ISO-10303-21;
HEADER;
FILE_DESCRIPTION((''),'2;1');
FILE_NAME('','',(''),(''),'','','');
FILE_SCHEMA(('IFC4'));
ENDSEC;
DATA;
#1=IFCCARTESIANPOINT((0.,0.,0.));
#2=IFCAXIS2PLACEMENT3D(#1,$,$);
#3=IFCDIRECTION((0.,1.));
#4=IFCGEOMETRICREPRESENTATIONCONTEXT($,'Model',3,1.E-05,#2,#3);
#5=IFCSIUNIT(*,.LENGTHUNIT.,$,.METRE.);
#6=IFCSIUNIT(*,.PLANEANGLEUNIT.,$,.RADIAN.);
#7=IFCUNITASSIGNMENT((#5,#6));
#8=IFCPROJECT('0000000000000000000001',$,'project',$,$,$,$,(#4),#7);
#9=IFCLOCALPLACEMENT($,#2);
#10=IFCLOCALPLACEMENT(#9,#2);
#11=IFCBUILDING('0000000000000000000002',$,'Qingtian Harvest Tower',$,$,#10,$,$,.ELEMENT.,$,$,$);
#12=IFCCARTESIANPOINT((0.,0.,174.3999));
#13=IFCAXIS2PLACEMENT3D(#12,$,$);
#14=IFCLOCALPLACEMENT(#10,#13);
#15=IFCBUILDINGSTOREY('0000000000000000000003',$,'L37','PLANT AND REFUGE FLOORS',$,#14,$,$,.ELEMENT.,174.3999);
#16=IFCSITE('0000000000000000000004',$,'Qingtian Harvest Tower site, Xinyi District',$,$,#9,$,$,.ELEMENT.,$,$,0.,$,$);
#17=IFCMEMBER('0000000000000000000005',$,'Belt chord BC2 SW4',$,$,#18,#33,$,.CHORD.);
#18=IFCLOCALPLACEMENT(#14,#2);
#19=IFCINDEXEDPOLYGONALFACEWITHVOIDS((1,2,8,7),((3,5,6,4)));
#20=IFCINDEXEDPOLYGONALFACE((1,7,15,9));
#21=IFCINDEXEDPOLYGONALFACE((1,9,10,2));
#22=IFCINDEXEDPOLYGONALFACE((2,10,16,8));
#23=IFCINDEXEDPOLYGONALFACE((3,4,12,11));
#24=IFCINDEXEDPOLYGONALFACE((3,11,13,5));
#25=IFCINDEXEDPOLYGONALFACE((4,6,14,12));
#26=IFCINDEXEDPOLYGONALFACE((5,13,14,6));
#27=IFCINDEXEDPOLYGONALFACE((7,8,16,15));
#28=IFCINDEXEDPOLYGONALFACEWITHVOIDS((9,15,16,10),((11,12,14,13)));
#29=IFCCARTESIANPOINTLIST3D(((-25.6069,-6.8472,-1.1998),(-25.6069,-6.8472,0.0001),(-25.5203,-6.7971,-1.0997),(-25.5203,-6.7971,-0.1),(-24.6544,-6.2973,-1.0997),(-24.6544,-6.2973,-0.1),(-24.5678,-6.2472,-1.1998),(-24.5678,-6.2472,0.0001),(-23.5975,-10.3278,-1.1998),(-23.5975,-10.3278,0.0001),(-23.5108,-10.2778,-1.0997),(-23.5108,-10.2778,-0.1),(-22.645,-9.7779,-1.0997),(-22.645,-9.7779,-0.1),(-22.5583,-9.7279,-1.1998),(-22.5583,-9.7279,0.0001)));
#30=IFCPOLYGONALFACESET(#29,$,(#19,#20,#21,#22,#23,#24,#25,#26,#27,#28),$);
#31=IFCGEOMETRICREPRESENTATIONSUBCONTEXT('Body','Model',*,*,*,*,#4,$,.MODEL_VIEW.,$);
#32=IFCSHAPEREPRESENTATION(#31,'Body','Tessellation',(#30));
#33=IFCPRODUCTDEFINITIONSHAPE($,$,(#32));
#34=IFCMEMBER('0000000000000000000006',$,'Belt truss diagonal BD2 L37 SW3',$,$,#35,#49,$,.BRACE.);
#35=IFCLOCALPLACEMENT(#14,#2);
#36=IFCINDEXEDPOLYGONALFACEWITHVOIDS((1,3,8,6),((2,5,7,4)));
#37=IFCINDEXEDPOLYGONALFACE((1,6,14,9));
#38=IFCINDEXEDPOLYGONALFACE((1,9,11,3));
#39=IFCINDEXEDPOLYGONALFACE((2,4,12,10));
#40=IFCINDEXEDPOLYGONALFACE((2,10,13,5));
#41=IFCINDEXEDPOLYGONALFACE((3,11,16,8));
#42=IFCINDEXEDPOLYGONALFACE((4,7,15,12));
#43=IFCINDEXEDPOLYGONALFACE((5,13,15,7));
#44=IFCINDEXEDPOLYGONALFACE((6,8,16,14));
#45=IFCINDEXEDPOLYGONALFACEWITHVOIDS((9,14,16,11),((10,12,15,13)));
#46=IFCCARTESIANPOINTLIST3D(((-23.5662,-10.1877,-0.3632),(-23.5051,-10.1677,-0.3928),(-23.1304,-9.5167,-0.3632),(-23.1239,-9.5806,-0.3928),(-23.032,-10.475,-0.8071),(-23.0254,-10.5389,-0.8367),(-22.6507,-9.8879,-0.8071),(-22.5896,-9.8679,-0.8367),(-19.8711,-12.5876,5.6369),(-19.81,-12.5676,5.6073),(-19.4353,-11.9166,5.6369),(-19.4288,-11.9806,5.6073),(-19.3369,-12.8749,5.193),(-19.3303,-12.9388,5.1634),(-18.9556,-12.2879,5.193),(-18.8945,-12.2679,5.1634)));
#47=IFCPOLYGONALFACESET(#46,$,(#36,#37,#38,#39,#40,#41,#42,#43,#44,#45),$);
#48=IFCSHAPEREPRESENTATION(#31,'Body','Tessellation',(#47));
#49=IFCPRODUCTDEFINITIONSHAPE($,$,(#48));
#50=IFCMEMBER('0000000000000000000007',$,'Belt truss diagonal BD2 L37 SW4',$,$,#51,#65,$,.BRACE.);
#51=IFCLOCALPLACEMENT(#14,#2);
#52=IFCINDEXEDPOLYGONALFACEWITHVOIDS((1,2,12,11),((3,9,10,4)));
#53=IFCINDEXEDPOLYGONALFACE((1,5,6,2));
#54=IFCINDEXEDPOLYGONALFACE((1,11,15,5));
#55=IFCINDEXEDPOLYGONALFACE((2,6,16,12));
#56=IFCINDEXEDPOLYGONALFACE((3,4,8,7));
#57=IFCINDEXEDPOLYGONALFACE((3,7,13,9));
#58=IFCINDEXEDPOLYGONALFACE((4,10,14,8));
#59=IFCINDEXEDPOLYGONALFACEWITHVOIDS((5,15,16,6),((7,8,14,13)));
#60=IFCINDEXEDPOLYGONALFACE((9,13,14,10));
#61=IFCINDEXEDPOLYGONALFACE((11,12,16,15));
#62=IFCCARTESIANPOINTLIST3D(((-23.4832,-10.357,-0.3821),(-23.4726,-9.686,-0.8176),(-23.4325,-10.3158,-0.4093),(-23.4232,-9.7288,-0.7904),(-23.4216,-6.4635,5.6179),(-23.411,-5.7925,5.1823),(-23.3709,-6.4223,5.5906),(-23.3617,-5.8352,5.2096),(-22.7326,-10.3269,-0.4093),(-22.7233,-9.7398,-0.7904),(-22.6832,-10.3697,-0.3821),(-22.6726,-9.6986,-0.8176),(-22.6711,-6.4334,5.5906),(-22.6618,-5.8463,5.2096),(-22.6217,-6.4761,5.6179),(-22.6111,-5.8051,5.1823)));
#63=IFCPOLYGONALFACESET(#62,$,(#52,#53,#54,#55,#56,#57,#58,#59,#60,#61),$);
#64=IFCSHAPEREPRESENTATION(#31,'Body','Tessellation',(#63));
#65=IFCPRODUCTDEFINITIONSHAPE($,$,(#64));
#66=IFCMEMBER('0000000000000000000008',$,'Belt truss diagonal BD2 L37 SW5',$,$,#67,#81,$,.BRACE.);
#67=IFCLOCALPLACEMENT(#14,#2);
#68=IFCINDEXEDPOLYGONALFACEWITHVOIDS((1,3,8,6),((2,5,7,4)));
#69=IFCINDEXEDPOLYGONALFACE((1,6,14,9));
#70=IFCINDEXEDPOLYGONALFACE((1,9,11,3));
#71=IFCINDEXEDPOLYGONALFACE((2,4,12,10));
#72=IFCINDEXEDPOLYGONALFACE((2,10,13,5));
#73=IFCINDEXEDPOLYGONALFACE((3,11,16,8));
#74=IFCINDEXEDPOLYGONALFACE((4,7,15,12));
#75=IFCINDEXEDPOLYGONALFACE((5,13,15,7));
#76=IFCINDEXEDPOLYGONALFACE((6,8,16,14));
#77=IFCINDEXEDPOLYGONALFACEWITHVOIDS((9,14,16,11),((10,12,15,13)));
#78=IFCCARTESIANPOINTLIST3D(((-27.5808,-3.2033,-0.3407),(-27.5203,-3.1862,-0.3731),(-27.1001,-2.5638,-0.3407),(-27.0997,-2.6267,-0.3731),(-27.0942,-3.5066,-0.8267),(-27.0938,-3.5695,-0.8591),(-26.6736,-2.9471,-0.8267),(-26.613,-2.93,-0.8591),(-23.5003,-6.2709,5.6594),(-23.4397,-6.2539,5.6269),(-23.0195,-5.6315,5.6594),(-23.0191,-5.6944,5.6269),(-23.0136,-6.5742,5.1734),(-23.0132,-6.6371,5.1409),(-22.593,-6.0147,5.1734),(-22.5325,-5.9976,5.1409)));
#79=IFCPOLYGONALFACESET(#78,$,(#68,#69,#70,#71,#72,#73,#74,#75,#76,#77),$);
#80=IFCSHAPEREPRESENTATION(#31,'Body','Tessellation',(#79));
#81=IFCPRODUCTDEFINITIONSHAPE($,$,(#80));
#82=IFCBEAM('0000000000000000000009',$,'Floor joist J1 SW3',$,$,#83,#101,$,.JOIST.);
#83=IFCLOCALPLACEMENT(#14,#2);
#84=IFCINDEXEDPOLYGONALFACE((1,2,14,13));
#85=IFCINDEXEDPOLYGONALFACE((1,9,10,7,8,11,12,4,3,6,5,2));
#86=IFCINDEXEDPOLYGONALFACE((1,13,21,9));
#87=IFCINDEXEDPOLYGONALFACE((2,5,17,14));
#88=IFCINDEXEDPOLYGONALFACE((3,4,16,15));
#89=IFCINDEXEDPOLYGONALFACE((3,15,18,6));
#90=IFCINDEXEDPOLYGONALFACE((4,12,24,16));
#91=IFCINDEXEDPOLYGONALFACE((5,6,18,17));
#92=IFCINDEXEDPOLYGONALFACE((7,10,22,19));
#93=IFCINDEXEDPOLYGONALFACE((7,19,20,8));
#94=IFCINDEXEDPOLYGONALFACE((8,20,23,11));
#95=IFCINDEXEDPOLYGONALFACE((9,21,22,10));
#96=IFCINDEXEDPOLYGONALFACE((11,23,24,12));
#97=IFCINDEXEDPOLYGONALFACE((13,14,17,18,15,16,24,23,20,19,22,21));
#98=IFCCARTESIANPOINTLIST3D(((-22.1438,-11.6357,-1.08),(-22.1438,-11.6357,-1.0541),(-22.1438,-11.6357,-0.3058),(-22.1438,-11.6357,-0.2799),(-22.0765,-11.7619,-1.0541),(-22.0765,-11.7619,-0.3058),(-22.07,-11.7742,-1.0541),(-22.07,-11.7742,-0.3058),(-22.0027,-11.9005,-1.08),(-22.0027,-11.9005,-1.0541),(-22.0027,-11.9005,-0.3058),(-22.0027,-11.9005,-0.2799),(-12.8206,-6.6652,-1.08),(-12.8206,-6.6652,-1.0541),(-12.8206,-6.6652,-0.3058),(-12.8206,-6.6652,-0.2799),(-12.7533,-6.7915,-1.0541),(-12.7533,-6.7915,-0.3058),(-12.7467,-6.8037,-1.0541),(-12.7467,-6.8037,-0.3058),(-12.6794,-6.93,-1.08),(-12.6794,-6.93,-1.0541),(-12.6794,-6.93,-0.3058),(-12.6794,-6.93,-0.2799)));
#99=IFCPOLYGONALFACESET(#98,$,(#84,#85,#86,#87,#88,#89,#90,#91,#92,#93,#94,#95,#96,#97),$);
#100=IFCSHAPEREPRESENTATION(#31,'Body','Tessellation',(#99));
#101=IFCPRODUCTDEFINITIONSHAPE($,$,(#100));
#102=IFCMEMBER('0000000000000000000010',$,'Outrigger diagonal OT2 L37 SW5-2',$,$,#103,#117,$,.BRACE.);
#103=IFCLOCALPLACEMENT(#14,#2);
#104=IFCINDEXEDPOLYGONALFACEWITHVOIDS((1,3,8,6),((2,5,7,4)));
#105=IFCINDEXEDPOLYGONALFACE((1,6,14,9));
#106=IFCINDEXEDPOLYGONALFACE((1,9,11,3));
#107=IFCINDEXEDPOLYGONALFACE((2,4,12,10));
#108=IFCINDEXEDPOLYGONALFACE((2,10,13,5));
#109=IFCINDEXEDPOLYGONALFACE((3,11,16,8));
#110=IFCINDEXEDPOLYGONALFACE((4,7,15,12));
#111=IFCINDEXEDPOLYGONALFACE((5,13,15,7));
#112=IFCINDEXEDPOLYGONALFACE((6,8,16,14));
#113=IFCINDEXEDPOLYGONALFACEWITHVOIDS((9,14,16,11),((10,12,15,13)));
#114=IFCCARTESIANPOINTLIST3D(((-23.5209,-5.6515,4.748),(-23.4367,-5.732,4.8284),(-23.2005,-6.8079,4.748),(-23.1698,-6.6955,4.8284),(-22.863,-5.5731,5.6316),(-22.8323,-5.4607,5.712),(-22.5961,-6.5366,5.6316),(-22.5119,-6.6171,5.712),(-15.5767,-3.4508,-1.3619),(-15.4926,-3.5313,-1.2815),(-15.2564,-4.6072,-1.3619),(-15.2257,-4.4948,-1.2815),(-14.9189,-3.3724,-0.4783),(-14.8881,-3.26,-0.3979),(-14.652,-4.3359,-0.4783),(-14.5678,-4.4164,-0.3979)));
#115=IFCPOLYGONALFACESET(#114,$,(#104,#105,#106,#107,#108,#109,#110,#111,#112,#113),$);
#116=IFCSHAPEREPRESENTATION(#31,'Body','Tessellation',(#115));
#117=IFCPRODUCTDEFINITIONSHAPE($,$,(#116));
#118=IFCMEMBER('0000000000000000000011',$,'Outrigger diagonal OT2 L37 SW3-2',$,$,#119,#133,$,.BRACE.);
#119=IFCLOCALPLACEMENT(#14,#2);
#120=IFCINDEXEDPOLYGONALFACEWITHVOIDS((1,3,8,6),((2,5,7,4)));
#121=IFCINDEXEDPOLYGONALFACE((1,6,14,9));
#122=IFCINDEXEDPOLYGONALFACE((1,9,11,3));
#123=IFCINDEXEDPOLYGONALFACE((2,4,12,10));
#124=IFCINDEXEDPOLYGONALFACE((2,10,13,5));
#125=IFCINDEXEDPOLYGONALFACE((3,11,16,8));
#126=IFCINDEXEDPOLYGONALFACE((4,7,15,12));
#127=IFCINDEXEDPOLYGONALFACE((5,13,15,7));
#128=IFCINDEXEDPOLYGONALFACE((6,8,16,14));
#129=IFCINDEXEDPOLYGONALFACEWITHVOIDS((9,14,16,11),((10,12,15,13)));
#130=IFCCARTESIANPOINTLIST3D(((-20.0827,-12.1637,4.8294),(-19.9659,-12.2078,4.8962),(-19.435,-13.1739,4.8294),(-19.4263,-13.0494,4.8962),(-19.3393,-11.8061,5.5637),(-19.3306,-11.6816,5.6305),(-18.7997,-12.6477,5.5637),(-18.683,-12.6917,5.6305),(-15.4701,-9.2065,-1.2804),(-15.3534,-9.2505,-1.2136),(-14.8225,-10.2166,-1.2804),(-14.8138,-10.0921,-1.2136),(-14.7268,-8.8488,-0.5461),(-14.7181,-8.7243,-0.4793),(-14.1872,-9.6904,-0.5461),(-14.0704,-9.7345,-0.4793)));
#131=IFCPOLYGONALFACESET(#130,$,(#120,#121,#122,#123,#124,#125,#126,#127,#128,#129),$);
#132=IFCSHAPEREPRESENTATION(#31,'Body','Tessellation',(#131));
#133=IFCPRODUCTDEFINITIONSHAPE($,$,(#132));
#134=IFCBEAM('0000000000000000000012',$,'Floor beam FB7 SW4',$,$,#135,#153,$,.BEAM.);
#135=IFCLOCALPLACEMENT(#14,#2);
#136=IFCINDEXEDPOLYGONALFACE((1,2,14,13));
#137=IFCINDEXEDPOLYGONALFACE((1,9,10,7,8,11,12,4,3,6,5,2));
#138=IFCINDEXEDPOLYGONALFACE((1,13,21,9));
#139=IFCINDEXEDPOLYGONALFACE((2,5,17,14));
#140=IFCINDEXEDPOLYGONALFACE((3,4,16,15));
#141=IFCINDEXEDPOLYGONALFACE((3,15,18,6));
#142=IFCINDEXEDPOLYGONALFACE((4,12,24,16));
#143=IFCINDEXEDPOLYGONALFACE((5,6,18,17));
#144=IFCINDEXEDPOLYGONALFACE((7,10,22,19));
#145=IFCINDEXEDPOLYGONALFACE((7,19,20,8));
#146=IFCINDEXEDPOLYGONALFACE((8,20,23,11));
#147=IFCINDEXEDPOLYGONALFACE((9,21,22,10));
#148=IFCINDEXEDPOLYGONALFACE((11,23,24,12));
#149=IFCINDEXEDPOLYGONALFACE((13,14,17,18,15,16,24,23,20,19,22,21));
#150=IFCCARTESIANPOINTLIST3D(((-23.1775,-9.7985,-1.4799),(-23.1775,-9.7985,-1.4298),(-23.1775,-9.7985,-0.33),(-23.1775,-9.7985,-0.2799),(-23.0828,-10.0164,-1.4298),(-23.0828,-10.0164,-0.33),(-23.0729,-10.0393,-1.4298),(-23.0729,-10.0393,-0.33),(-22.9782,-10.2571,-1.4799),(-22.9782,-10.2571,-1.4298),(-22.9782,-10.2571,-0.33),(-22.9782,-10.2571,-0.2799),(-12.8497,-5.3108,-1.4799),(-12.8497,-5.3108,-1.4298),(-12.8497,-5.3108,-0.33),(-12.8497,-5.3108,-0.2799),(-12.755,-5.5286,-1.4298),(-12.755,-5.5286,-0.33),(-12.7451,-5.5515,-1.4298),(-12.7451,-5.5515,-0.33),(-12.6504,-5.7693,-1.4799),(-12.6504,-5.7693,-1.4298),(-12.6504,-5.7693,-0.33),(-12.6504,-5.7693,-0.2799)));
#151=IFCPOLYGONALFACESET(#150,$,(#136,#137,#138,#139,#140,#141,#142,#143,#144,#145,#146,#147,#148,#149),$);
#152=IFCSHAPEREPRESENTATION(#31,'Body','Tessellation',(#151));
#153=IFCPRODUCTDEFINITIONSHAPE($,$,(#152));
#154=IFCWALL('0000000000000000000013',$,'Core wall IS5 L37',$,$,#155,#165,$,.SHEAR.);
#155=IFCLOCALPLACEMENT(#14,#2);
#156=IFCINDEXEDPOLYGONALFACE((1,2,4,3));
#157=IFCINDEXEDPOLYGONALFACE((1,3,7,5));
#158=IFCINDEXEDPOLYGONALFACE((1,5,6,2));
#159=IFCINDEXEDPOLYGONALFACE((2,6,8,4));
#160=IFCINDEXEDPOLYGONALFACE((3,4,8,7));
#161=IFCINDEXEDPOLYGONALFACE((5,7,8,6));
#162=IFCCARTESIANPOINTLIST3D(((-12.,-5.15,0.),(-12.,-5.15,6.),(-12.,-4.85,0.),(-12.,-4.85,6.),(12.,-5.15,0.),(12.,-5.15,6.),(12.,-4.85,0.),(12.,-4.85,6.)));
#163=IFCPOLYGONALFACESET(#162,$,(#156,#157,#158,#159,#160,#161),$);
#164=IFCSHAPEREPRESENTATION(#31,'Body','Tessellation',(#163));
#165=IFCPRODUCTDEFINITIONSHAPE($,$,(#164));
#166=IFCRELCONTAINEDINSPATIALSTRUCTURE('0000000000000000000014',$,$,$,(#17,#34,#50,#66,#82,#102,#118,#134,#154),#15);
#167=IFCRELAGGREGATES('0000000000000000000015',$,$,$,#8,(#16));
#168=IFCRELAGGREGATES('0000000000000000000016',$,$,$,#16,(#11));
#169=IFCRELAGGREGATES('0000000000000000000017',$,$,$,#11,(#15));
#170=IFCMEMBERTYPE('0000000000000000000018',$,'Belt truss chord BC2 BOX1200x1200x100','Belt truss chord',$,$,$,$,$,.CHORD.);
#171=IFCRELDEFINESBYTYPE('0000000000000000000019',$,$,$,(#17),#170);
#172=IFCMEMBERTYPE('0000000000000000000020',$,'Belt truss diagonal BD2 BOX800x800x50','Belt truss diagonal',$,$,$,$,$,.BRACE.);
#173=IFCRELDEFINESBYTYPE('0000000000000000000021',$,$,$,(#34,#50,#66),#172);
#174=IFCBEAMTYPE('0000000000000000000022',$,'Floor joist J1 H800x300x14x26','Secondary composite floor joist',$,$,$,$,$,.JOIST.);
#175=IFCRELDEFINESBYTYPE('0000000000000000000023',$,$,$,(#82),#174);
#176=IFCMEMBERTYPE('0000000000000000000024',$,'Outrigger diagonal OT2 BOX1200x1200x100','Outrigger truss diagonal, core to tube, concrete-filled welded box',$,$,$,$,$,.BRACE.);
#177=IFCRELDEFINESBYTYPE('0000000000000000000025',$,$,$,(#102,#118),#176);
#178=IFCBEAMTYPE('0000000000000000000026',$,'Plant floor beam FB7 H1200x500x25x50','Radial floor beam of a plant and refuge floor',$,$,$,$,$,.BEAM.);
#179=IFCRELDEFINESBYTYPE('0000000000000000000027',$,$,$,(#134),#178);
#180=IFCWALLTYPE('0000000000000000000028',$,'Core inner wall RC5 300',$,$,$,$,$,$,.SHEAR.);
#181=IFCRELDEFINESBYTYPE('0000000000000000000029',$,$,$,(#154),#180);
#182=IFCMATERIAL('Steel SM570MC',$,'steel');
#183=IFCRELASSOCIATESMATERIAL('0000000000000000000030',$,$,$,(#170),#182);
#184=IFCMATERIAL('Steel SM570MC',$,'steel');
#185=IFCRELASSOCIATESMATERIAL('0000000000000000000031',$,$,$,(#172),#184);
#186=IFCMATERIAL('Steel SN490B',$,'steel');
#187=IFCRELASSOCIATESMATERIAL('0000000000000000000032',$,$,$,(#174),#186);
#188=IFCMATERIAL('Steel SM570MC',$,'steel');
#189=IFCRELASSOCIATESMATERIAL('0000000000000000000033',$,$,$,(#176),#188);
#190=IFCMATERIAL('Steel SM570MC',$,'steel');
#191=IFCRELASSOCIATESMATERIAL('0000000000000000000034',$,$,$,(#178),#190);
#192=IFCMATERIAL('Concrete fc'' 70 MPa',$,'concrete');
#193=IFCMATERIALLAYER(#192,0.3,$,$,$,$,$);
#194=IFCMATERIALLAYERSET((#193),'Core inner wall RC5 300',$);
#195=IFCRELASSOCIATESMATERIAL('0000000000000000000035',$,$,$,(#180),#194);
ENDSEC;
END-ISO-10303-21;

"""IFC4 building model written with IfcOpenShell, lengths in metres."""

from ifc_helpers import new_model, si_unit, direction, frame, frame_2d, origin, origin_2d, place, context, subcontext, project, spatial, rectangle, hollow_rectangle, i_section, extrude, material, layer, layer_set, material_profile, profile_set, type_object, element, save


model = new_model("IFC4")

# Units and contexts
model_context = context("Model", 3, precision=1e-05, world=origin(), true_north=direction((0.0, 1.0)))
body_context = subcontext(model_context, "Body", "Model", "MODEL_VIEW")
ifc_project = project(units=[si_unit("LENGTHUNIT", "METRE"), si_unit("PLANEANGLEUNIT", "RADIAN")], contexts=[model_context])

# Site, building, storey
site_placement = place(None, origin())
site = spatial("IfcSite", under=ifc_project, at=site_placement, Name="Qingtian Harvest Tower site, Xinyi District", CompositionType="ELEMENT", RefElevation=0.0)
building_placement = place(site_placement, origin())
building = spatial("IfcBuilding", under=site, at=building_placement, Name="Qingtian Harvest Tower", CompositionType="ELEMENT")
storey_placement = place(building_placement, frame((0.0, 0.0, 174.3999)))
storey = spatial("IfcBuildingStorey", under=building, at=storey_placement, Name="L37", Description="PLANT AND REFUGE FLOORS", CompositionType="ELEMENT", Elevation=174.3999)

# Members
ifc_material_1 = material(Name="Steel SM570MC", Category="steel")
ifc_material_profile_1 = material_profile(ifc_material_1, hollow_rectangle(XDim=1.2, YDim=1.2, WallThickness=0.1001, at=origin_2d()), Name="BOX1200x1200x100")
ifc_profile_set_1 = profile_set([ifc_material_profile_1], Name="Steel SM570MC")
member_type_1 = type_object("IfcMemberType", Name="Belt truss chord BC2 BOX1200x1200x100", Description="Belt truss chord", PredefinedType="CHORD", material=ifc_profile_set_1)
member_1_placement = place(storey_placement, frame((-23.0779, -10.0278, -0.5999), z_axis=(-0.499987, 0.866033, 0.0), x_axis=(-0.866033, -0.499987, 0.0)))
element("IfcMember", 1, at=member_1_placement, inside=storey, type_object=member_type_1, Name="Belt chord BC2 SW4", PredefinedType="CHORD", context=body_context, shape_type="SweptSolid", body=[
    extrude(hollow_rectangle(XDim=1.2, YDim=1.2, WallThickness=0.1001, at=origin_2d()), origin(), (0.0, 0.0, 1.0), 4.019),
])
ifc_material_2 = material(Name="Steel SM570MC", Category="steel")
ifc_material_profile_2 = material_profile(ifc_material_2, hollow_rectangle(XDim=0.8, YDim=0.8, WallThickness=0.05, at=origin_2d()), Name="BOX800x800x50")
ifc_profile_set_2 = profile_set([ifc_material_profile_2], Name="Steel SM570MC")
member_type_2 = type_object("IfcMemberType", Name="Belt truss diagonal BD2 BOX800x800x50", Description="Belt truss diagonal", PredefinedType="BRACE", material=ifc_profile_set_2)
member_2_placement = place(storey_placement, frame((-19.3828, -12.4277, 5.4001), z_axis=(-0.496382, 0.322394, -0.806019), x_axis=(-0.544686, -0.83864, 0.0)))
element("IfcMember", 2, at=member_2_placement, inside=storey, type_object=member_type_2, Name="Belt truss diagonal BD2 L37 SW3", PredefinedType="BRACE", context=body_context, shape_type="SweptSolid", body=[
    extrude(hollow_rectangle(XDim=0.8, YDim=0.8, WallThickness=0.05, at=origin_2d()), origin(), (0.0, 0.0, 1.0), 7.4441),
])
member_3_placement = place(storey_placement, frame((-23.0779, -10.0278, -0.5999), z_axis=(0.008601, 0.544335, 0.838824), x_axis=(-0.999875, 0.015799, 0.0)))
element("IfcMember", 3, at=member_3_placement, inside=storey, type_object=member_type_2, Name="Belt truss diagonal BD2 L37 SW4", PredefinedType="BRACE", context=body_context, shape_type="SweptSolid", body=[
    extrude(hollow_rectangle(XDim=0.8, YDim=0.8, WallThickness=0.05, at=origin_2d()), origin(), (0.0, 0.0, 1.0), 7.1528),
])
member_4_placement = place(storey_placement, frame((-23.0164, -6.1343, 5.4001), z_axis=(-0.517976, 0.389396, -0.761624), x_axis=(-0.600903, -0.799322, 0.0)))
element("IfcMember", 4, at=member_4_placement, inside=storey, type_object=member_type_2, Name="Belt truss diagonal BD2 L37 SW5", PredefinedType="BRACE", context=body_context, shape_type="SweptSolid", body=[
    extrude(hollow_rectangle(XDim=0.8, YDim=0.8, WallThickness=0.05, at=origin_2d()), origin(), (0.0, 0.0, 1.0), 7.8779),
])

# Beam
ifc_material_3 = material(Name="Steel SN490B", Category="steel")
ifc_material_profile_3 = material_profile(ifc_material_3, i_section(OverallWidth=0.3, OverallDepth=0.8, WebThickness=0.0139, FlangeThickness=0.0259, at=origin_2d()), Name="H800x300x14x26")
ifc_profile_set_3 = profile_set([ifc_material_profile_3], Name="Steel SN490B")
beam_type_1 = type_object("IfcBeamType", Name="Floor joist J1 H800x300x14x26", Description="Secondary composite floor joist", PredefinedType="JOIST", material=ifc_profile_set_3)
beam_1_placement = place(storey_placement, frame((-22.0732, -11.7681, -0.6799), z_axis=(0.882429, 0.470446, 0.0), x_axis=(-0.470446, 0.882429, 0.0)))
element("IfcBeam", 5, at=beam_1_placement, inside=storey, type_object=beam_type_1, Name="Floor joist J1 SW3", PredefinedType="JOIST", context=body_context, shape_type="SweptSolid", body=[
    extrude(i_section(OverallWidth=0.3, OverallDepth=0.8, WebThickness=0.0139, FlangeThickness=0.0259, at=origin_2d()), origin(), (0.0, 0.0, 1.0), 10.5654),
])

# Members
ifc_material_4 = material(Name="Steel SM570MC", Category="steel")
ifc_material_profile_4 = material_profile(ifc_material_4, hollow_rectangle(XDim=1.2, YDim=1.2, WallThickness=0.1001, at=origin_2d()), Name="BOX1200x1200x100")
ifc_profile_set_4 = profile_set([ifc_material_profile_4], Name="Steel SM570MC")
member_type_3 = type_object("IfcMemberType", Name="Outrigger diagonal OT2 BOX1200x1200x100", Description="Outrigger truss diagonal, core to tube, concrete-filled welded box", PredefinedType="BRACE", material=ifc_profile_set_4)
member_5_placement = place(storey_placement, frame((-15.0723, -3.9336, -0.8799), z_axis=(-0.774225, -0.214477, 0.595462), x_axis=(0.266967, -0.963706, 0.0)))
element("IfcMember", 6, at=member_5_placement, inside=storey, type_object=member_type_3, Name="Outrigger diagonal OT2 L37 SW5-2", PredefinedType="BRACE", context=body_context, shape_type="SweptSolid", body=[
    extrude(hollow_rectangle(XDim=1.2, YDim=1.2, WallThickness=0.1001, at=origin_2d()), origin(), (0.0, 0.0, 1.0), 10.2607),
])
member_6_placement = place(storey_placement, frame((-14.7703, -9.4705, -0.8799), z_axis=(-0.56204, -0.360345, 0.744488), x_axis=(0.539733, -0.841837, 0.0)))
element("IfcMember", 7, at=member_6_placement, inside=storey, type_object=member_type_3, Name="Outrigger diagonal OT2 L37 SW3-2", PredefinedType="BRACE", context=body_context, shape_type="SweptSolid", body=[
    extrude(hollow_rectangle(XDim=1.2, YDim=1.2, WallThickness=0.1001, at=origin_2d()), origin(), (0.0, 0.0, 1.0), 8.2068),
])

# Beam
ifc_material_5 = material(Name="Steel SM570MC", Category="steel")
ifc_material_profile_5 = material_profile(ifc_material_5, i_section(OverallWidth=0.5, OverallDepth=1.2, WebThickness=0.0249, FlangeThickness=0.05, at=origin_2d()), Name="H1200x500x25x50")
ifc_profile_set_5 = profile_set([ifc_material_profile_5], Name="Steel SM570MC")
beam_type_2 = type_object("IfcBeamType", Name="Plant floor beam FB7 H1200x500x25x50", Description="Radial floor beam of a plant and refuge floor", PredefinedType="BEAM", material=ifc_profile_set_5)
beam_2_placement = place(storey_placement, frame((-23.0779, -10.0278, -0.8799), z_axis=(0.917154, 0.398533, 0.0), x_axis=(-0.398533, 0.917154, 0.0)))
element("IfcBeam", 8, at=beam_2_placement, inside=storey, type_object=beam_type_2, Name="Floor beam FB7 SW4", PredefinedType="BEAM", context=body_context, shape_type="SweptSolid", body=[
    extrude(i_section(OverallWidth=0.5, OverallDepth=1.2, WebThickness=0.0249, FlangeThickness=0.05, at=origin_2d()), origin(), (0.0, 0.0, 1.0), 11.2607),
])

# Wall
ifc_material_6 = material(Name="Concrete fc' 70 MPa", Category="concrete")
ifc_layer_1 = layer(ifc_material_6, 0.3)
ifc_layer_set_1 = layer_set([ifc_layer_1], Name="Core inner wall RC5 300")
wall_type_1 = type_object("IfcWallType", Name="Core inner wall RC5 300", PredefinedType="SHEAR", material=ifc_layer_set_1)
wall_1_placement = place(storey_placement, frame((-12.0, -5.0, 0.0), z_axis=(0.0, 0.0, 1.0), x_axis=(1.0, 0.0, 0.0)))
element("IfcWall", 9, at=wall_1_placement, inside=storey, type_object=wall_type_1, Name="Core wall IS5 L37", PredefinedType="SHEAR", context=body_context, shape_type="SweptSolid", body=[
    extrude(rectangle(XDim=24.0, YDim=0.3, at=frame_2d((12.0, 0.0))), origin(), (0.0, 0.0, 1.0), 6.0),
])

save(model, "model.ifc")
